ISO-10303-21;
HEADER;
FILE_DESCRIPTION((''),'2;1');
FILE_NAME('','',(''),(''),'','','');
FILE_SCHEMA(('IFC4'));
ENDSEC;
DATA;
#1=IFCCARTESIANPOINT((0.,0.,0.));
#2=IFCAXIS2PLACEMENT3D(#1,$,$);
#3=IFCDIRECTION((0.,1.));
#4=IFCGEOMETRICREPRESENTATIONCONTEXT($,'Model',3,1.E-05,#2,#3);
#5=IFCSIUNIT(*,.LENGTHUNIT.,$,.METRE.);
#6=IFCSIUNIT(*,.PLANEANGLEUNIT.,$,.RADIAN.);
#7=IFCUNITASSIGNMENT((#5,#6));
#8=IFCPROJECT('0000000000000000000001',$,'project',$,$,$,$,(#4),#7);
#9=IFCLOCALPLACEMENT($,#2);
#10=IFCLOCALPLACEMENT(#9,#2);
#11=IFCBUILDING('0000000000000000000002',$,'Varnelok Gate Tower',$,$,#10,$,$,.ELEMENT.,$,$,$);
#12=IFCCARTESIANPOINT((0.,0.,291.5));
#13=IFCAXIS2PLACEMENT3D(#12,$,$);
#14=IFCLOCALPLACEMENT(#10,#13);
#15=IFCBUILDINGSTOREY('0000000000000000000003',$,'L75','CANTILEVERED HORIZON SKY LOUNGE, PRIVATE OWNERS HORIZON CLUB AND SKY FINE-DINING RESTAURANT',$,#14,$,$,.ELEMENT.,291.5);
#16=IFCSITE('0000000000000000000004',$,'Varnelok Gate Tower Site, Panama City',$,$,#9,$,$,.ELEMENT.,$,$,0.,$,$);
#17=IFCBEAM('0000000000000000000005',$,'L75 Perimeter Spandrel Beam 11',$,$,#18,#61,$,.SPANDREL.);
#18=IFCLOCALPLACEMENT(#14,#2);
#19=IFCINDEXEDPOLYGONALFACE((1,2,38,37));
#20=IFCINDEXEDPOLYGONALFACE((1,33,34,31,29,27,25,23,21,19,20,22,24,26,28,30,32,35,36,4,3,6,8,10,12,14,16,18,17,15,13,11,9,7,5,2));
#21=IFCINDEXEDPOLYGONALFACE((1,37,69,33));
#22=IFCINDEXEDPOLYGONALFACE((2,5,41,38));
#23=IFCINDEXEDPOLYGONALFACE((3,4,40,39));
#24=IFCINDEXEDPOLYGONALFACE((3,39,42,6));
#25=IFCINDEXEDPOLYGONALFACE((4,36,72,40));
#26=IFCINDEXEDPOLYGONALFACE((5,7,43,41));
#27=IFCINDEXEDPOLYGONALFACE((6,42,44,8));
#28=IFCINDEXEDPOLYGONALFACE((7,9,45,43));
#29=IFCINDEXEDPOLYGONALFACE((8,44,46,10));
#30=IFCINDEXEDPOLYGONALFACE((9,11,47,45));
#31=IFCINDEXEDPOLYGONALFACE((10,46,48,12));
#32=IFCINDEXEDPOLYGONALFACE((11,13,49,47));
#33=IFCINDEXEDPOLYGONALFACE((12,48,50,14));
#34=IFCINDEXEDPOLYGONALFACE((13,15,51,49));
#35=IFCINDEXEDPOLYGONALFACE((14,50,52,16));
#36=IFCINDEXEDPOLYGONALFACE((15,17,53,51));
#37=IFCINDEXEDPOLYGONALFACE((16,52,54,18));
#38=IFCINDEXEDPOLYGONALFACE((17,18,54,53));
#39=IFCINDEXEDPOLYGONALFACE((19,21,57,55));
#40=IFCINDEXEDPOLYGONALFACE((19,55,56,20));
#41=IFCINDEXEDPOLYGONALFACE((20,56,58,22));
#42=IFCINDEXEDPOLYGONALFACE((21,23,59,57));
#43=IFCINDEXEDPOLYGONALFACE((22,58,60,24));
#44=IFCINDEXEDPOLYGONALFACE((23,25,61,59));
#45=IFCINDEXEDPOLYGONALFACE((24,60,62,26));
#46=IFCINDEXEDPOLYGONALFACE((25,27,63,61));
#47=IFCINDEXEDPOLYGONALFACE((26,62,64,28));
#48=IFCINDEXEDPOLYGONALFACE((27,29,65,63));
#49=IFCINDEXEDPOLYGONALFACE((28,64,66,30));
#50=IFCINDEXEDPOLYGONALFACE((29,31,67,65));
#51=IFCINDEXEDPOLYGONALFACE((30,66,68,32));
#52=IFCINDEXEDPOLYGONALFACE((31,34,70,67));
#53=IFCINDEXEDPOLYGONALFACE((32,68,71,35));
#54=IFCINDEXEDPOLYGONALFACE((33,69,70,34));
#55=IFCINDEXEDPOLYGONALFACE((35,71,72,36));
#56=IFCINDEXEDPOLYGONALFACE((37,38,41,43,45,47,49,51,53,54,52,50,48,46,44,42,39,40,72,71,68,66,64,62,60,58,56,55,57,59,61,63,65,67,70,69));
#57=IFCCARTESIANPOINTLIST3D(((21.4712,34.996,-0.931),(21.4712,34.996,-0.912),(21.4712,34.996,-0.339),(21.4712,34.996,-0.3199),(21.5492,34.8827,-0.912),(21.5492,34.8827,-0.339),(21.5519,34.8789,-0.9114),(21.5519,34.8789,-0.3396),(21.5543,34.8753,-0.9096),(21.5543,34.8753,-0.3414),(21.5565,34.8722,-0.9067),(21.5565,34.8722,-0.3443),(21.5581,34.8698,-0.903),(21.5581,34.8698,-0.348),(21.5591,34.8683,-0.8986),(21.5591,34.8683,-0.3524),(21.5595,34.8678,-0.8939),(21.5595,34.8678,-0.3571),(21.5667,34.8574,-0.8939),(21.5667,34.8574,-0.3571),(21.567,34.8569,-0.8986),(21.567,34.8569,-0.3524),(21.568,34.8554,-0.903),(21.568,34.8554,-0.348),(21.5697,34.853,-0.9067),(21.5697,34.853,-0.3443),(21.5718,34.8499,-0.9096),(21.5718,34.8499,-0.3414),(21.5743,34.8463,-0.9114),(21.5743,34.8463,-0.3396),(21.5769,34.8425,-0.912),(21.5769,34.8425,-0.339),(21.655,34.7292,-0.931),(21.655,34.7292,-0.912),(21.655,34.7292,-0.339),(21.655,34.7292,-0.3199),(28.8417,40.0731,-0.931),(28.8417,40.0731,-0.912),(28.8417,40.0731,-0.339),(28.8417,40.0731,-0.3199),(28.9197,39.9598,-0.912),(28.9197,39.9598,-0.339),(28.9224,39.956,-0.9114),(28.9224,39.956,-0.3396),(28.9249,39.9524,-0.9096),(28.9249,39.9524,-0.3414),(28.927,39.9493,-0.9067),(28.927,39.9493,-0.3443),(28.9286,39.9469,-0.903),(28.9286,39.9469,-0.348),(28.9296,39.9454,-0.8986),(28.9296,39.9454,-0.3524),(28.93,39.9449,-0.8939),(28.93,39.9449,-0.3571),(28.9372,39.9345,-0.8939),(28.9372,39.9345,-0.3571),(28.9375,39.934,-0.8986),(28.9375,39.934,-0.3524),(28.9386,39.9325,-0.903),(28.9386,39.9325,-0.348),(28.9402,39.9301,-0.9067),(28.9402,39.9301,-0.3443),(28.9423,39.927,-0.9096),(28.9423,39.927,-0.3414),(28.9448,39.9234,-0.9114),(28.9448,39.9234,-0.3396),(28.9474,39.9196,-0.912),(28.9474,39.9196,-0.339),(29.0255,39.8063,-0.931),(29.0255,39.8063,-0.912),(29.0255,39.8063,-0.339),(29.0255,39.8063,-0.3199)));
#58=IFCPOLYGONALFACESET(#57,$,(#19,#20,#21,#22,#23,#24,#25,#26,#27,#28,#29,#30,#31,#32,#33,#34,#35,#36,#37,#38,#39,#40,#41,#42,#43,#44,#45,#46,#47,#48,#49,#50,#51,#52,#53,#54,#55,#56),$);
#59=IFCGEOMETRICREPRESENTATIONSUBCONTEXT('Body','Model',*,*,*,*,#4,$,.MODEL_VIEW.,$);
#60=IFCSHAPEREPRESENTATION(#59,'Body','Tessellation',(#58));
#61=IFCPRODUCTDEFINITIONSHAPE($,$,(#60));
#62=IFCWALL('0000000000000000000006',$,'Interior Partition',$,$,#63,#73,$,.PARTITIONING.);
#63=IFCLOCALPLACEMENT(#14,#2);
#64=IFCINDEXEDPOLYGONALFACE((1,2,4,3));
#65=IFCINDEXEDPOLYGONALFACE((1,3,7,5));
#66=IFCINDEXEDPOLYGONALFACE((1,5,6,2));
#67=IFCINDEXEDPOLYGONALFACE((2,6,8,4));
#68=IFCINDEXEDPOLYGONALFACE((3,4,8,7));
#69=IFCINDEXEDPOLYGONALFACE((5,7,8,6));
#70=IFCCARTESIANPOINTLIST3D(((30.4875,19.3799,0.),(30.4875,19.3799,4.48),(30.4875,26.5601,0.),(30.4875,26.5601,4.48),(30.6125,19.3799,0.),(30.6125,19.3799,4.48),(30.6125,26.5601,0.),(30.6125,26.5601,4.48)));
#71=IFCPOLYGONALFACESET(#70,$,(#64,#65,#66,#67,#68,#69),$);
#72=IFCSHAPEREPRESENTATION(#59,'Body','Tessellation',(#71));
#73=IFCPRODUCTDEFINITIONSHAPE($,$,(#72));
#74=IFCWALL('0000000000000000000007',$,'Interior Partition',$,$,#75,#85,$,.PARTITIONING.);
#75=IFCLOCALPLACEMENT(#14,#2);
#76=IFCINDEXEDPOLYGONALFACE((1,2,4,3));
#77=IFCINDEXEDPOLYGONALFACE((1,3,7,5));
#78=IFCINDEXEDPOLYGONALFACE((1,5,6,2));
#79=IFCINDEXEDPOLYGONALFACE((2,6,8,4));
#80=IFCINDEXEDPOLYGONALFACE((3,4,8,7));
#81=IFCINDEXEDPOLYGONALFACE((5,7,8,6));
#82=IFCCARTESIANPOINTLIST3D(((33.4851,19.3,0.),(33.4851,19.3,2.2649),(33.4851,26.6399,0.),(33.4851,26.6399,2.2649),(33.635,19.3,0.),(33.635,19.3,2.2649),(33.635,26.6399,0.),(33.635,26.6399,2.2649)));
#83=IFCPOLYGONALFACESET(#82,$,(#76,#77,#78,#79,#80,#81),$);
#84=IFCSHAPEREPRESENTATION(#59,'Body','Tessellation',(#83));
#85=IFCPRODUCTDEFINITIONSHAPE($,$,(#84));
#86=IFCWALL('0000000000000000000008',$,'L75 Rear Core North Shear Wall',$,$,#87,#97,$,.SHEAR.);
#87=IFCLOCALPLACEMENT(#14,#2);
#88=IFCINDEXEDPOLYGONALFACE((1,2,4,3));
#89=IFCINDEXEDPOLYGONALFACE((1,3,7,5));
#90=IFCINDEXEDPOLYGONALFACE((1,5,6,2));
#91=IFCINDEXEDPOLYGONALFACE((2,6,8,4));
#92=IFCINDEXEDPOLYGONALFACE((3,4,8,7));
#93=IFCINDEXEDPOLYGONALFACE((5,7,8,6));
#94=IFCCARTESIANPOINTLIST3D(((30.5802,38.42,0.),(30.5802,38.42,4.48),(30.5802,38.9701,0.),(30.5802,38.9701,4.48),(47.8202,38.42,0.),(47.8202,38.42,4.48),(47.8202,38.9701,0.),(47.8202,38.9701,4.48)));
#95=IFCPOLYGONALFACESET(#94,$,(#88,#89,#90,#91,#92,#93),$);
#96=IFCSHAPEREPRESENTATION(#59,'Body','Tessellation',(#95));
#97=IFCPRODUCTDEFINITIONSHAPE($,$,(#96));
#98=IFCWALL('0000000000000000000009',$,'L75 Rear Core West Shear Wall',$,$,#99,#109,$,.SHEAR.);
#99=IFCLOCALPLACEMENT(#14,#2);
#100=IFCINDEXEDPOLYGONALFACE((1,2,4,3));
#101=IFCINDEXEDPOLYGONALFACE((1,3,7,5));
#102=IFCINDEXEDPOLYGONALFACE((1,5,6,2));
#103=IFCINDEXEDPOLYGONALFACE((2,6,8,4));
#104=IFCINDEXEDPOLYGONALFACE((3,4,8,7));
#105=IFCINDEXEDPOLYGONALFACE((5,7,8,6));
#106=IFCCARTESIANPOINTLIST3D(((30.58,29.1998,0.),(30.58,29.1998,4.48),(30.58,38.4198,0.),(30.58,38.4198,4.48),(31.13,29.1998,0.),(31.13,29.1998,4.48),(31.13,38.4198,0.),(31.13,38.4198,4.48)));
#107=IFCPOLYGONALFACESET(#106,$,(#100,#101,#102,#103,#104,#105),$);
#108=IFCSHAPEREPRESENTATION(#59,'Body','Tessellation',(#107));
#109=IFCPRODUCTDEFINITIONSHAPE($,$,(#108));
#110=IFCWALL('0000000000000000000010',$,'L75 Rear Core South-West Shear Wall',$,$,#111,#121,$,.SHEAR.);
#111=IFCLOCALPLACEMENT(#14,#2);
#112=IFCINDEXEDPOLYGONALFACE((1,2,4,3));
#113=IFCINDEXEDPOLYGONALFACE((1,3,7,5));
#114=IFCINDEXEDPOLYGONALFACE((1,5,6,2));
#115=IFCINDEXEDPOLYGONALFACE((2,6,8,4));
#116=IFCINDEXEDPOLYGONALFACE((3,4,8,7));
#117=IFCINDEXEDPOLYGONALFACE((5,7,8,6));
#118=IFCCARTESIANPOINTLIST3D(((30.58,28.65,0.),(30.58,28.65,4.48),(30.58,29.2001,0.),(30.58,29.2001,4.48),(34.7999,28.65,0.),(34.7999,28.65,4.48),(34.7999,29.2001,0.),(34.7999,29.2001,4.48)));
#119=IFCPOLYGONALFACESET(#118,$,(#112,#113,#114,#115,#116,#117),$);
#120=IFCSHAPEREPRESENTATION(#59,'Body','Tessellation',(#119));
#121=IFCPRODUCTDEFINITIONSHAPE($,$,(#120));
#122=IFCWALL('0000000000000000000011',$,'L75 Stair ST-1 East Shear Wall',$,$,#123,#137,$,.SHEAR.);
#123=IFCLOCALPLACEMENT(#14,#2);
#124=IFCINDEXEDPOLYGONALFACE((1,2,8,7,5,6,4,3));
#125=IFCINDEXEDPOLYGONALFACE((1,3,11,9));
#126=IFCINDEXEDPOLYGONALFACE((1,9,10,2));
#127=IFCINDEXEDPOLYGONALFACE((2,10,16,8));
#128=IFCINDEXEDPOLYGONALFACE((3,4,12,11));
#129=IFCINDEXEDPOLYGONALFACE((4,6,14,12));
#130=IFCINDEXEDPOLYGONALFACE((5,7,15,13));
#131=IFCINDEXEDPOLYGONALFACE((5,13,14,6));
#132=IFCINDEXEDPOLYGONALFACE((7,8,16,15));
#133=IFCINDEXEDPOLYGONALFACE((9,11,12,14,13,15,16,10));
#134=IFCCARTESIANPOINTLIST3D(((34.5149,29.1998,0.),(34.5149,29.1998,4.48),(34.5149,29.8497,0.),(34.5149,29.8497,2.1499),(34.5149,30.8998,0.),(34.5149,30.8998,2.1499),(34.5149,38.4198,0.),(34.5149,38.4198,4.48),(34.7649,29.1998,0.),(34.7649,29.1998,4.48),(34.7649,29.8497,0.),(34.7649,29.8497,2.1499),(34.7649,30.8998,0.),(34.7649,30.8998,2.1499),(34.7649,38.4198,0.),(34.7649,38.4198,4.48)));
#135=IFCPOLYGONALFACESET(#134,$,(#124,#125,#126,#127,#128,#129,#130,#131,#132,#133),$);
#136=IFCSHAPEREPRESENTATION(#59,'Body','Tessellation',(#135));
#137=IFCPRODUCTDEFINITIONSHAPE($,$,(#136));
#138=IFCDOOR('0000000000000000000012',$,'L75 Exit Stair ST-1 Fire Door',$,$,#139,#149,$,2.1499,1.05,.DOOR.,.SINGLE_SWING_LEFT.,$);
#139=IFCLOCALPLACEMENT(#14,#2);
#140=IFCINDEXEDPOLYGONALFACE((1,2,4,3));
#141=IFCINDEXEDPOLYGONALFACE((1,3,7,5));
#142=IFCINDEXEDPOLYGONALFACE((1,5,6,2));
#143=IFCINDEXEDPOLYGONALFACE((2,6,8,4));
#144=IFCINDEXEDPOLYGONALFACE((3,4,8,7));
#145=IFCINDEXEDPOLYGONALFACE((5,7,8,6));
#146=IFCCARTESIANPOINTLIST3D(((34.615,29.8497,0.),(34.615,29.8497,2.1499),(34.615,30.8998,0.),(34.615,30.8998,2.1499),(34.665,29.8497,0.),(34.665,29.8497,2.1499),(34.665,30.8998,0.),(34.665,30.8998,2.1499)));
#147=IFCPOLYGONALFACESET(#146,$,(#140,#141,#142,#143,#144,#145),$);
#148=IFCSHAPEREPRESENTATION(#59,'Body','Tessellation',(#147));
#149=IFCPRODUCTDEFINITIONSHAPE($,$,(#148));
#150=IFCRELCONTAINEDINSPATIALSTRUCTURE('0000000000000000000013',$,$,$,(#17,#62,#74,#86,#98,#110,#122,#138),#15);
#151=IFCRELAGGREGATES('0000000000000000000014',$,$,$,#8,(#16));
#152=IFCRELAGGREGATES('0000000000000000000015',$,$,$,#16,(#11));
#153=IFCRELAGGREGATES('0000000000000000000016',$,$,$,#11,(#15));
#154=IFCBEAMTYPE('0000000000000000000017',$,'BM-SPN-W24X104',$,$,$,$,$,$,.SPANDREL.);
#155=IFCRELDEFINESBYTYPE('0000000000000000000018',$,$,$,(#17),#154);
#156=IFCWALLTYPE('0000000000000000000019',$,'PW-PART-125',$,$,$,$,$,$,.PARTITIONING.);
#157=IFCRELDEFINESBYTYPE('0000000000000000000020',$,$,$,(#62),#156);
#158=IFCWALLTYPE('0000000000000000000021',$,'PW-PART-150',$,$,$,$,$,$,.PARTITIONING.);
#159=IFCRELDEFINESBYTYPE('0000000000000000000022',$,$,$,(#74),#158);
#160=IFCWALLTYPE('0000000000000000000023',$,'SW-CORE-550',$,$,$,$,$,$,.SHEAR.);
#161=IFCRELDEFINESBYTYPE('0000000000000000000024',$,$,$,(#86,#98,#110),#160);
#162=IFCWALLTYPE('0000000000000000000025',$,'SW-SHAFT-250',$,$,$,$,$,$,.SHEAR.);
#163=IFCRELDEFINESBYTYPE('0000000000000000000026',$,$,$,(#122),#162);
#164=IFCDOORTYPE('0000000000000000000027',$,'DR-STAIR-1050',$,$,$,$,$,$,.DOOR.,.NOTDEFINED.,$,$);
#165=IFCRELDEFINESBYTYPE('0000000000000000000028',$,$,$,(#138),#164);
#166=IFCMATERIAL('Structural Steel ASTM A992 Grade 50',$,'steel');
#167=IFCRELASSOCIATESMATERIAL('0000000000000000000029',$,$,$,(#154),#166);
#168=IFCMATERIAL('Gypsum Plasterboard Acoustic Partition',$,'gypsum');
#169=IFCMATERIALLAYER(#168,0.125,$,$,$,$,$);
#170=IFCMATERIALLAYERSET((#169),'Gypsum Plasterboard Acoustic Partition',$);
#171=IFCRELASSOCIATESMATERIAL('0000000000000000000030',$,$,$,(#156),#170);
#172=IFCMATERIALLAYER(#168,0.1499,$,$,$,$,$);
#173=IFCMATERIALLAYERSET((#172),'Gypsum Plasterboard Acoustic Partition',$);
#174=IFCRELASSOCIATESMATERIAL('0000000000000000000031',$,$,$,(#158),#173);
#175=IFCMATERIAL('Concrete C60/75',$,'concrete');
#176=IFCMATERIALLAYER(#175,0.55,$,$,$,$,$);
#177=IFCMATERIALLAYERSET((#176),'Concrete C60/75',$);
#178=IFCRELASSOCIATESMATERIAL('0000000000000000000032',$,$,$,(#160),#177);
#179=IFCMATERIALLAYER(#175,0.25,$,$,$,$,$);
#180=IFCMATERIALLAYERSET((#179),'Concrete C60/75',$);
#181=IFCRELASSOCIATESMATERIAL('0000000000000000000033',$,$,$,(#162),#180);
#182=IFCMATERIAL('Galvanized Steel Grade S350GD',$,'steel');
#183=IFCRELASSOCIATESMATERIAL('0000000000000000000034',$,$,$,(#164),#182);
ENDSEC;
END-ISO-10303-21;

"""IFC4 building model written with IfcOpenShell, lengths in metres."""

from ifc_helpers import new_model, si_unit, direction, frame, frame_2d, origin, origin_2d, place, context, subcontext, project, spatial, rectangle, i_section, extrude, material, layer, layer_set, material_profile, profile_set, type_object, element, fill, save


model = new_model("IFC4")

# Units and contexts
model_context = context("Model", 3, precision=1e-05, world=origin(), true_north=direction((0.0, 1.0)))
body_context = subcontext(model_context, "Body", "Model", "MODEL_VIEW")
ifc_project = project(units=[si_unit("LENGTHUNIT", "METRE"), si_unit("PLANEANGLEUNIT", "RADIAN")], contexts=[model_context])

# Site, building, storey
site_placement = place(None, origin())
site = spatial("IfcSite", under=ifc_project, at=site_placement, Name="Varnelok Gate Tower Site, Panama City", CompositionType="ELEMENT", RefElevation=0.0)
building_placement = place(site_placement, origin())
building = spatial("IfcBuilding", under=site, at=building_placement, Name="Varnelok Gate Tower", CompositionType="ELEMENT")
storey_placement = place(building_placement, frame((0.0, 0.0, 291.5)))
storey = spatial("IfcBuildingStorey", under=building, at=storey_placement, Name="L75", Description="CANTILEVERED HORIZON SKY LOUNGE, PRIVATE OWNERS HORIZON CLUB AND SKY FINE-DINING RESTAURANT", CompositionType="ELEMENT", Elevation=291.5)

# Shared definitions
ifc_material_1 = material(Name="Structural Steel ASTM A992 Grade 50", Category="steel")

# Beam
ifc_material_profile_1 = material_profile(ifc_material_1, i_section(OverallWidth=0.324, OverallDepth=0.6111, WebThickness=0.0127, FlangeThickness=0.019, FilletRadius=0.0181, at=origin_2d()), Name="W24X104")
ifc_profile_set_1 = profile_set([ifc_material_profile_1], Name="Structural Steel ASTM A992 Grade 50")
beam_type_1 = type_object("IfcBeamType", Name="BM-SPN-W24X104", PredefinedType="SPANDREL", material=ifc_profile_set_1)
beam_1_placement = place(storey_placement, frame((28.9336, 39.9397, -0.6255), z_axis=(-0.823527, -0.567276, 0.0), x_axis=(0.567276, -0.823527, 0.0)))
element("IfcBeam", 1, at=beam_1_placement, inside=storey, type_object=beam_type_1, Name="L75 Perimeter Spandrel Beam 11", PredefinedType="SPANDREL", context=body_context, shape_type="SweptSolid", body=[
    extrude(i_section(OverallWidth=0.324, OverallDepth=0.6111, WebThickness=0.0127, FlangeThickness=0.019, FilletRadius=0.0181, at=origin_2d()), origin(), (0.0, 0.0, 1.0), 8.95),
])

# Walls
ifc_material_2 = material(Name="Gypsum Plasterboard Acoustic Partition", Category="gypsum")
ifc_layer_1 = layer(ifc_material_2, 0.125)
ifc_layer_set_1 = layer_set([ifc_layer_1], Name="Gypsum Plasterboard Acoustic Partition")
wall_type_1 = type_object("IfcWallType", Name="PW-PART-125", PredefinedType="PARTITIONING", material=ifc_layer_set_1)
wall_1_placement = place(storey_placement, frame((30.55, 19.3799, 0.0), z_axis=(0.0, 0.0, 1.0), x_axis=(0.0, 1.0, 0.0)))
element("IfcWall", 2, at=wall_1_placement, inside=storey, type_object=wall_type_1, Name="Interior Partition", PredefinedType="PARTITIONING", context=body_context, shape_type="SweptSolid", body=[
    extrude(rectangle(XDim=7.1802, YDim=0.125, at=frame_2d((3.5901, 0.0))), origin(), (0.0, 0.0, 1.0), 4.48),
])
ifc_layer_2 = layer(ifc_material_2, 0.1499)
ifc_layer_set_2 = layer_set([ifc_layer_2], Name="Gypsum Plasterboard Acoustic Partition")
wall_type_2 = type_object("IfcWallType", Name="PW-PART-150", PredefinedType="PARTITIONING", material=ifc_layer_set_2)
wall_2_placement = place(storey_placement, frame((33.5601, 19.3, 0.0), z_axis=(0.0, 0.0, 1.0), x_axis=(0.0, 1.0, 0.0)))
element("IfcWall", 3, at=wall_2_placement, inside=storey, type_object=wall_type_2, Name="Interior Partition", PredefinedType="PARTITIONING", context=body_context, shape_type="SweptSolid", body=[
    extrude(rectangle(XDim=7.3398, YDim=0.1499, at=frame_2d((3.6699, 0.0))), origin(), (0.0, 0.0, 1.0), 2.2649),
])
ifc_material_3 = material(Name="Concrete C60/75", Category="concrete")
ifc_layer_3 = layer(ifc_material_3, 0.55)
ifc_layer_set_3 = layer_set([ifc_layer_3], Name="Concrete C60/75")
wall_type_3 = type_object("IfcWallType", Name="SW-CORE-550", PredefinedType="SHEAR", material=ifc_layer_set_3)
wall_3_placement = place(storey_placement, frame((30.5801, 38.6951, 0.0), z_axis=(0.0, 0.0, 1.0), x_axis=(1.0, 0.0, 0.0)))
element("IfcWall", 4, at=wall_3_placement, inside=storey, type_object=wall_type_3, Name="L75 Rear Core North Shear Wall", PredefinedType="SHEAR", context=body_context, shape_type="SweptSolid", body=[
    extrude(rectangle(XDim=17.24, YDim=0.55, at=frame_2d((8.6201, 0.0))), origin(), (0.0, 0.0, 1.0), 4.48),
])
wall_4_placement = place(storey_placement, frame((30.855, 29.2, 0.0), z_axis=(0.0, 0.0, 1.0), x_axis=(0.0, 1.0, 0.0)))
element("IfcWall", 5, at=wall_4_placement, inside=storey, type_object=wall_type_3, Name="L75 Rear Core West Shear Wall", PredefinedType="SHEAR", context=body_context, shape_type="SweptSolid", body=[
    extrude(rectangle(XDim=9.22, YDim=0.55, at=frame_2d((4.6099, 0.0))), origin(), (0.0, 0.0, 1.0), 4.48),
])
wall_5_placement = place(storey_placement, frame((30.5801, 28.925, 0.0), z_axis=(0.0, 0.0, 1.0), x_axis=(1.0, 0.0, 0.0)))
element("IfcWall", 6, at=wall_5_placement, inside=storey, type_object=wall_type_3, Name="L75 Rear Core South-West Shear Wall", PredefinedType="SHEAR", context=body_context, shape_type="SweptSolid", body=[
    extrude(rectangle(XDim=4.22, YDim=0.55, at=frame_2d((2.1099, 0.0))), origin(), (0.0, 0.0, 1.0), 4.48),
])

# Wall, opening, door
ifc_layer_4 = layer(ifc_material_3, 0.25)
ifc_layer_set_4 = layer_set([ifc_layer_4], Name="Concrete C60/75")
wall_type_4 = type_object("IfcWallType", Name="SW-SHAFT-250", PredefinedType="SHEAR", material=ifc_layer_set_4)
wall_6_placement = place(storey_placement, frame((34.6399, 29.2, 0.0), z_axis=(0.0, 0.0, 1.0), x_axis=(0.0, 1.0, 0.0)))
wall_6 = element("IfcWall", 7, at=wall_6_placement, inside=storey, type_object=wall_type_4, Name="L75 Stair ST-1 East Shear Wall", PredefinedType="SHEAR", context=body_context, shape_type="SweptSolid", body=[
    extrude(rectangle(XDim=9.22, YDim=0.25, at=frame_2d((4.6099, 0.0))), origin(), (0.0, 0.0, 1.0), 4.48),
])
opening_1_placement = place(wall_6_placement, frame((0.6499, 0.0, 0.0)))
opening_1 = element("IfcOpeningElement", 8, at=opening_1_placement, cuts=wall_6, PredefinedType="OPENING", context=body_context, shape_type="SweptSolid", body=[
    extrude(rectangle(XDim=1.05, YDim=2.1499, at=frame_2d((0.5249, 1.075))), frame((0.0, 0.135, 0.0), z_axis=(0.0, -1.0, 0.0), x_axis=(1.0, 0.0, 0.0)), (0.0, 0.0, 1.0), 0.27),
])
ifc_material_4 = material(Name="Galvanized Steel Grade S350GD", Category="steel")
door_type_1 = type_object("IfcDoorType", Name="DR-STAIR-1050", OperationType="NOTDEFINED", PredefinedType="DOOR", material=ifc_material_4)
door_1_placement = place(opening_1_placement, origin())
door_1 = element("IfcDoor", 9, at=door_1_placement, inside=storey, type_object=door_type_1, Name="L75 Exit Stair ST-1 Fire Door", OperationType="SINGLE_SWING_LEFT", OverallHeight=2.1499, OverallWidth=1.05, PredefinedType="DOOR", context=body_context, shape_type="SweptSolid", body=[
    extrude(rectangle(XDim=1.05, YDim=2.1499, at=frame_2d((0.5249, 1.075))), frame((0.0, 0.0249, 0.0), z_axis=(0.0, -1.0, 0.0), x_axis=(1.0, 0.0, 0.0)), (0.0, 0.0, 1.0), 0.05),
])
fill(opening_1, door_1)

save(model, "model.ifc")
